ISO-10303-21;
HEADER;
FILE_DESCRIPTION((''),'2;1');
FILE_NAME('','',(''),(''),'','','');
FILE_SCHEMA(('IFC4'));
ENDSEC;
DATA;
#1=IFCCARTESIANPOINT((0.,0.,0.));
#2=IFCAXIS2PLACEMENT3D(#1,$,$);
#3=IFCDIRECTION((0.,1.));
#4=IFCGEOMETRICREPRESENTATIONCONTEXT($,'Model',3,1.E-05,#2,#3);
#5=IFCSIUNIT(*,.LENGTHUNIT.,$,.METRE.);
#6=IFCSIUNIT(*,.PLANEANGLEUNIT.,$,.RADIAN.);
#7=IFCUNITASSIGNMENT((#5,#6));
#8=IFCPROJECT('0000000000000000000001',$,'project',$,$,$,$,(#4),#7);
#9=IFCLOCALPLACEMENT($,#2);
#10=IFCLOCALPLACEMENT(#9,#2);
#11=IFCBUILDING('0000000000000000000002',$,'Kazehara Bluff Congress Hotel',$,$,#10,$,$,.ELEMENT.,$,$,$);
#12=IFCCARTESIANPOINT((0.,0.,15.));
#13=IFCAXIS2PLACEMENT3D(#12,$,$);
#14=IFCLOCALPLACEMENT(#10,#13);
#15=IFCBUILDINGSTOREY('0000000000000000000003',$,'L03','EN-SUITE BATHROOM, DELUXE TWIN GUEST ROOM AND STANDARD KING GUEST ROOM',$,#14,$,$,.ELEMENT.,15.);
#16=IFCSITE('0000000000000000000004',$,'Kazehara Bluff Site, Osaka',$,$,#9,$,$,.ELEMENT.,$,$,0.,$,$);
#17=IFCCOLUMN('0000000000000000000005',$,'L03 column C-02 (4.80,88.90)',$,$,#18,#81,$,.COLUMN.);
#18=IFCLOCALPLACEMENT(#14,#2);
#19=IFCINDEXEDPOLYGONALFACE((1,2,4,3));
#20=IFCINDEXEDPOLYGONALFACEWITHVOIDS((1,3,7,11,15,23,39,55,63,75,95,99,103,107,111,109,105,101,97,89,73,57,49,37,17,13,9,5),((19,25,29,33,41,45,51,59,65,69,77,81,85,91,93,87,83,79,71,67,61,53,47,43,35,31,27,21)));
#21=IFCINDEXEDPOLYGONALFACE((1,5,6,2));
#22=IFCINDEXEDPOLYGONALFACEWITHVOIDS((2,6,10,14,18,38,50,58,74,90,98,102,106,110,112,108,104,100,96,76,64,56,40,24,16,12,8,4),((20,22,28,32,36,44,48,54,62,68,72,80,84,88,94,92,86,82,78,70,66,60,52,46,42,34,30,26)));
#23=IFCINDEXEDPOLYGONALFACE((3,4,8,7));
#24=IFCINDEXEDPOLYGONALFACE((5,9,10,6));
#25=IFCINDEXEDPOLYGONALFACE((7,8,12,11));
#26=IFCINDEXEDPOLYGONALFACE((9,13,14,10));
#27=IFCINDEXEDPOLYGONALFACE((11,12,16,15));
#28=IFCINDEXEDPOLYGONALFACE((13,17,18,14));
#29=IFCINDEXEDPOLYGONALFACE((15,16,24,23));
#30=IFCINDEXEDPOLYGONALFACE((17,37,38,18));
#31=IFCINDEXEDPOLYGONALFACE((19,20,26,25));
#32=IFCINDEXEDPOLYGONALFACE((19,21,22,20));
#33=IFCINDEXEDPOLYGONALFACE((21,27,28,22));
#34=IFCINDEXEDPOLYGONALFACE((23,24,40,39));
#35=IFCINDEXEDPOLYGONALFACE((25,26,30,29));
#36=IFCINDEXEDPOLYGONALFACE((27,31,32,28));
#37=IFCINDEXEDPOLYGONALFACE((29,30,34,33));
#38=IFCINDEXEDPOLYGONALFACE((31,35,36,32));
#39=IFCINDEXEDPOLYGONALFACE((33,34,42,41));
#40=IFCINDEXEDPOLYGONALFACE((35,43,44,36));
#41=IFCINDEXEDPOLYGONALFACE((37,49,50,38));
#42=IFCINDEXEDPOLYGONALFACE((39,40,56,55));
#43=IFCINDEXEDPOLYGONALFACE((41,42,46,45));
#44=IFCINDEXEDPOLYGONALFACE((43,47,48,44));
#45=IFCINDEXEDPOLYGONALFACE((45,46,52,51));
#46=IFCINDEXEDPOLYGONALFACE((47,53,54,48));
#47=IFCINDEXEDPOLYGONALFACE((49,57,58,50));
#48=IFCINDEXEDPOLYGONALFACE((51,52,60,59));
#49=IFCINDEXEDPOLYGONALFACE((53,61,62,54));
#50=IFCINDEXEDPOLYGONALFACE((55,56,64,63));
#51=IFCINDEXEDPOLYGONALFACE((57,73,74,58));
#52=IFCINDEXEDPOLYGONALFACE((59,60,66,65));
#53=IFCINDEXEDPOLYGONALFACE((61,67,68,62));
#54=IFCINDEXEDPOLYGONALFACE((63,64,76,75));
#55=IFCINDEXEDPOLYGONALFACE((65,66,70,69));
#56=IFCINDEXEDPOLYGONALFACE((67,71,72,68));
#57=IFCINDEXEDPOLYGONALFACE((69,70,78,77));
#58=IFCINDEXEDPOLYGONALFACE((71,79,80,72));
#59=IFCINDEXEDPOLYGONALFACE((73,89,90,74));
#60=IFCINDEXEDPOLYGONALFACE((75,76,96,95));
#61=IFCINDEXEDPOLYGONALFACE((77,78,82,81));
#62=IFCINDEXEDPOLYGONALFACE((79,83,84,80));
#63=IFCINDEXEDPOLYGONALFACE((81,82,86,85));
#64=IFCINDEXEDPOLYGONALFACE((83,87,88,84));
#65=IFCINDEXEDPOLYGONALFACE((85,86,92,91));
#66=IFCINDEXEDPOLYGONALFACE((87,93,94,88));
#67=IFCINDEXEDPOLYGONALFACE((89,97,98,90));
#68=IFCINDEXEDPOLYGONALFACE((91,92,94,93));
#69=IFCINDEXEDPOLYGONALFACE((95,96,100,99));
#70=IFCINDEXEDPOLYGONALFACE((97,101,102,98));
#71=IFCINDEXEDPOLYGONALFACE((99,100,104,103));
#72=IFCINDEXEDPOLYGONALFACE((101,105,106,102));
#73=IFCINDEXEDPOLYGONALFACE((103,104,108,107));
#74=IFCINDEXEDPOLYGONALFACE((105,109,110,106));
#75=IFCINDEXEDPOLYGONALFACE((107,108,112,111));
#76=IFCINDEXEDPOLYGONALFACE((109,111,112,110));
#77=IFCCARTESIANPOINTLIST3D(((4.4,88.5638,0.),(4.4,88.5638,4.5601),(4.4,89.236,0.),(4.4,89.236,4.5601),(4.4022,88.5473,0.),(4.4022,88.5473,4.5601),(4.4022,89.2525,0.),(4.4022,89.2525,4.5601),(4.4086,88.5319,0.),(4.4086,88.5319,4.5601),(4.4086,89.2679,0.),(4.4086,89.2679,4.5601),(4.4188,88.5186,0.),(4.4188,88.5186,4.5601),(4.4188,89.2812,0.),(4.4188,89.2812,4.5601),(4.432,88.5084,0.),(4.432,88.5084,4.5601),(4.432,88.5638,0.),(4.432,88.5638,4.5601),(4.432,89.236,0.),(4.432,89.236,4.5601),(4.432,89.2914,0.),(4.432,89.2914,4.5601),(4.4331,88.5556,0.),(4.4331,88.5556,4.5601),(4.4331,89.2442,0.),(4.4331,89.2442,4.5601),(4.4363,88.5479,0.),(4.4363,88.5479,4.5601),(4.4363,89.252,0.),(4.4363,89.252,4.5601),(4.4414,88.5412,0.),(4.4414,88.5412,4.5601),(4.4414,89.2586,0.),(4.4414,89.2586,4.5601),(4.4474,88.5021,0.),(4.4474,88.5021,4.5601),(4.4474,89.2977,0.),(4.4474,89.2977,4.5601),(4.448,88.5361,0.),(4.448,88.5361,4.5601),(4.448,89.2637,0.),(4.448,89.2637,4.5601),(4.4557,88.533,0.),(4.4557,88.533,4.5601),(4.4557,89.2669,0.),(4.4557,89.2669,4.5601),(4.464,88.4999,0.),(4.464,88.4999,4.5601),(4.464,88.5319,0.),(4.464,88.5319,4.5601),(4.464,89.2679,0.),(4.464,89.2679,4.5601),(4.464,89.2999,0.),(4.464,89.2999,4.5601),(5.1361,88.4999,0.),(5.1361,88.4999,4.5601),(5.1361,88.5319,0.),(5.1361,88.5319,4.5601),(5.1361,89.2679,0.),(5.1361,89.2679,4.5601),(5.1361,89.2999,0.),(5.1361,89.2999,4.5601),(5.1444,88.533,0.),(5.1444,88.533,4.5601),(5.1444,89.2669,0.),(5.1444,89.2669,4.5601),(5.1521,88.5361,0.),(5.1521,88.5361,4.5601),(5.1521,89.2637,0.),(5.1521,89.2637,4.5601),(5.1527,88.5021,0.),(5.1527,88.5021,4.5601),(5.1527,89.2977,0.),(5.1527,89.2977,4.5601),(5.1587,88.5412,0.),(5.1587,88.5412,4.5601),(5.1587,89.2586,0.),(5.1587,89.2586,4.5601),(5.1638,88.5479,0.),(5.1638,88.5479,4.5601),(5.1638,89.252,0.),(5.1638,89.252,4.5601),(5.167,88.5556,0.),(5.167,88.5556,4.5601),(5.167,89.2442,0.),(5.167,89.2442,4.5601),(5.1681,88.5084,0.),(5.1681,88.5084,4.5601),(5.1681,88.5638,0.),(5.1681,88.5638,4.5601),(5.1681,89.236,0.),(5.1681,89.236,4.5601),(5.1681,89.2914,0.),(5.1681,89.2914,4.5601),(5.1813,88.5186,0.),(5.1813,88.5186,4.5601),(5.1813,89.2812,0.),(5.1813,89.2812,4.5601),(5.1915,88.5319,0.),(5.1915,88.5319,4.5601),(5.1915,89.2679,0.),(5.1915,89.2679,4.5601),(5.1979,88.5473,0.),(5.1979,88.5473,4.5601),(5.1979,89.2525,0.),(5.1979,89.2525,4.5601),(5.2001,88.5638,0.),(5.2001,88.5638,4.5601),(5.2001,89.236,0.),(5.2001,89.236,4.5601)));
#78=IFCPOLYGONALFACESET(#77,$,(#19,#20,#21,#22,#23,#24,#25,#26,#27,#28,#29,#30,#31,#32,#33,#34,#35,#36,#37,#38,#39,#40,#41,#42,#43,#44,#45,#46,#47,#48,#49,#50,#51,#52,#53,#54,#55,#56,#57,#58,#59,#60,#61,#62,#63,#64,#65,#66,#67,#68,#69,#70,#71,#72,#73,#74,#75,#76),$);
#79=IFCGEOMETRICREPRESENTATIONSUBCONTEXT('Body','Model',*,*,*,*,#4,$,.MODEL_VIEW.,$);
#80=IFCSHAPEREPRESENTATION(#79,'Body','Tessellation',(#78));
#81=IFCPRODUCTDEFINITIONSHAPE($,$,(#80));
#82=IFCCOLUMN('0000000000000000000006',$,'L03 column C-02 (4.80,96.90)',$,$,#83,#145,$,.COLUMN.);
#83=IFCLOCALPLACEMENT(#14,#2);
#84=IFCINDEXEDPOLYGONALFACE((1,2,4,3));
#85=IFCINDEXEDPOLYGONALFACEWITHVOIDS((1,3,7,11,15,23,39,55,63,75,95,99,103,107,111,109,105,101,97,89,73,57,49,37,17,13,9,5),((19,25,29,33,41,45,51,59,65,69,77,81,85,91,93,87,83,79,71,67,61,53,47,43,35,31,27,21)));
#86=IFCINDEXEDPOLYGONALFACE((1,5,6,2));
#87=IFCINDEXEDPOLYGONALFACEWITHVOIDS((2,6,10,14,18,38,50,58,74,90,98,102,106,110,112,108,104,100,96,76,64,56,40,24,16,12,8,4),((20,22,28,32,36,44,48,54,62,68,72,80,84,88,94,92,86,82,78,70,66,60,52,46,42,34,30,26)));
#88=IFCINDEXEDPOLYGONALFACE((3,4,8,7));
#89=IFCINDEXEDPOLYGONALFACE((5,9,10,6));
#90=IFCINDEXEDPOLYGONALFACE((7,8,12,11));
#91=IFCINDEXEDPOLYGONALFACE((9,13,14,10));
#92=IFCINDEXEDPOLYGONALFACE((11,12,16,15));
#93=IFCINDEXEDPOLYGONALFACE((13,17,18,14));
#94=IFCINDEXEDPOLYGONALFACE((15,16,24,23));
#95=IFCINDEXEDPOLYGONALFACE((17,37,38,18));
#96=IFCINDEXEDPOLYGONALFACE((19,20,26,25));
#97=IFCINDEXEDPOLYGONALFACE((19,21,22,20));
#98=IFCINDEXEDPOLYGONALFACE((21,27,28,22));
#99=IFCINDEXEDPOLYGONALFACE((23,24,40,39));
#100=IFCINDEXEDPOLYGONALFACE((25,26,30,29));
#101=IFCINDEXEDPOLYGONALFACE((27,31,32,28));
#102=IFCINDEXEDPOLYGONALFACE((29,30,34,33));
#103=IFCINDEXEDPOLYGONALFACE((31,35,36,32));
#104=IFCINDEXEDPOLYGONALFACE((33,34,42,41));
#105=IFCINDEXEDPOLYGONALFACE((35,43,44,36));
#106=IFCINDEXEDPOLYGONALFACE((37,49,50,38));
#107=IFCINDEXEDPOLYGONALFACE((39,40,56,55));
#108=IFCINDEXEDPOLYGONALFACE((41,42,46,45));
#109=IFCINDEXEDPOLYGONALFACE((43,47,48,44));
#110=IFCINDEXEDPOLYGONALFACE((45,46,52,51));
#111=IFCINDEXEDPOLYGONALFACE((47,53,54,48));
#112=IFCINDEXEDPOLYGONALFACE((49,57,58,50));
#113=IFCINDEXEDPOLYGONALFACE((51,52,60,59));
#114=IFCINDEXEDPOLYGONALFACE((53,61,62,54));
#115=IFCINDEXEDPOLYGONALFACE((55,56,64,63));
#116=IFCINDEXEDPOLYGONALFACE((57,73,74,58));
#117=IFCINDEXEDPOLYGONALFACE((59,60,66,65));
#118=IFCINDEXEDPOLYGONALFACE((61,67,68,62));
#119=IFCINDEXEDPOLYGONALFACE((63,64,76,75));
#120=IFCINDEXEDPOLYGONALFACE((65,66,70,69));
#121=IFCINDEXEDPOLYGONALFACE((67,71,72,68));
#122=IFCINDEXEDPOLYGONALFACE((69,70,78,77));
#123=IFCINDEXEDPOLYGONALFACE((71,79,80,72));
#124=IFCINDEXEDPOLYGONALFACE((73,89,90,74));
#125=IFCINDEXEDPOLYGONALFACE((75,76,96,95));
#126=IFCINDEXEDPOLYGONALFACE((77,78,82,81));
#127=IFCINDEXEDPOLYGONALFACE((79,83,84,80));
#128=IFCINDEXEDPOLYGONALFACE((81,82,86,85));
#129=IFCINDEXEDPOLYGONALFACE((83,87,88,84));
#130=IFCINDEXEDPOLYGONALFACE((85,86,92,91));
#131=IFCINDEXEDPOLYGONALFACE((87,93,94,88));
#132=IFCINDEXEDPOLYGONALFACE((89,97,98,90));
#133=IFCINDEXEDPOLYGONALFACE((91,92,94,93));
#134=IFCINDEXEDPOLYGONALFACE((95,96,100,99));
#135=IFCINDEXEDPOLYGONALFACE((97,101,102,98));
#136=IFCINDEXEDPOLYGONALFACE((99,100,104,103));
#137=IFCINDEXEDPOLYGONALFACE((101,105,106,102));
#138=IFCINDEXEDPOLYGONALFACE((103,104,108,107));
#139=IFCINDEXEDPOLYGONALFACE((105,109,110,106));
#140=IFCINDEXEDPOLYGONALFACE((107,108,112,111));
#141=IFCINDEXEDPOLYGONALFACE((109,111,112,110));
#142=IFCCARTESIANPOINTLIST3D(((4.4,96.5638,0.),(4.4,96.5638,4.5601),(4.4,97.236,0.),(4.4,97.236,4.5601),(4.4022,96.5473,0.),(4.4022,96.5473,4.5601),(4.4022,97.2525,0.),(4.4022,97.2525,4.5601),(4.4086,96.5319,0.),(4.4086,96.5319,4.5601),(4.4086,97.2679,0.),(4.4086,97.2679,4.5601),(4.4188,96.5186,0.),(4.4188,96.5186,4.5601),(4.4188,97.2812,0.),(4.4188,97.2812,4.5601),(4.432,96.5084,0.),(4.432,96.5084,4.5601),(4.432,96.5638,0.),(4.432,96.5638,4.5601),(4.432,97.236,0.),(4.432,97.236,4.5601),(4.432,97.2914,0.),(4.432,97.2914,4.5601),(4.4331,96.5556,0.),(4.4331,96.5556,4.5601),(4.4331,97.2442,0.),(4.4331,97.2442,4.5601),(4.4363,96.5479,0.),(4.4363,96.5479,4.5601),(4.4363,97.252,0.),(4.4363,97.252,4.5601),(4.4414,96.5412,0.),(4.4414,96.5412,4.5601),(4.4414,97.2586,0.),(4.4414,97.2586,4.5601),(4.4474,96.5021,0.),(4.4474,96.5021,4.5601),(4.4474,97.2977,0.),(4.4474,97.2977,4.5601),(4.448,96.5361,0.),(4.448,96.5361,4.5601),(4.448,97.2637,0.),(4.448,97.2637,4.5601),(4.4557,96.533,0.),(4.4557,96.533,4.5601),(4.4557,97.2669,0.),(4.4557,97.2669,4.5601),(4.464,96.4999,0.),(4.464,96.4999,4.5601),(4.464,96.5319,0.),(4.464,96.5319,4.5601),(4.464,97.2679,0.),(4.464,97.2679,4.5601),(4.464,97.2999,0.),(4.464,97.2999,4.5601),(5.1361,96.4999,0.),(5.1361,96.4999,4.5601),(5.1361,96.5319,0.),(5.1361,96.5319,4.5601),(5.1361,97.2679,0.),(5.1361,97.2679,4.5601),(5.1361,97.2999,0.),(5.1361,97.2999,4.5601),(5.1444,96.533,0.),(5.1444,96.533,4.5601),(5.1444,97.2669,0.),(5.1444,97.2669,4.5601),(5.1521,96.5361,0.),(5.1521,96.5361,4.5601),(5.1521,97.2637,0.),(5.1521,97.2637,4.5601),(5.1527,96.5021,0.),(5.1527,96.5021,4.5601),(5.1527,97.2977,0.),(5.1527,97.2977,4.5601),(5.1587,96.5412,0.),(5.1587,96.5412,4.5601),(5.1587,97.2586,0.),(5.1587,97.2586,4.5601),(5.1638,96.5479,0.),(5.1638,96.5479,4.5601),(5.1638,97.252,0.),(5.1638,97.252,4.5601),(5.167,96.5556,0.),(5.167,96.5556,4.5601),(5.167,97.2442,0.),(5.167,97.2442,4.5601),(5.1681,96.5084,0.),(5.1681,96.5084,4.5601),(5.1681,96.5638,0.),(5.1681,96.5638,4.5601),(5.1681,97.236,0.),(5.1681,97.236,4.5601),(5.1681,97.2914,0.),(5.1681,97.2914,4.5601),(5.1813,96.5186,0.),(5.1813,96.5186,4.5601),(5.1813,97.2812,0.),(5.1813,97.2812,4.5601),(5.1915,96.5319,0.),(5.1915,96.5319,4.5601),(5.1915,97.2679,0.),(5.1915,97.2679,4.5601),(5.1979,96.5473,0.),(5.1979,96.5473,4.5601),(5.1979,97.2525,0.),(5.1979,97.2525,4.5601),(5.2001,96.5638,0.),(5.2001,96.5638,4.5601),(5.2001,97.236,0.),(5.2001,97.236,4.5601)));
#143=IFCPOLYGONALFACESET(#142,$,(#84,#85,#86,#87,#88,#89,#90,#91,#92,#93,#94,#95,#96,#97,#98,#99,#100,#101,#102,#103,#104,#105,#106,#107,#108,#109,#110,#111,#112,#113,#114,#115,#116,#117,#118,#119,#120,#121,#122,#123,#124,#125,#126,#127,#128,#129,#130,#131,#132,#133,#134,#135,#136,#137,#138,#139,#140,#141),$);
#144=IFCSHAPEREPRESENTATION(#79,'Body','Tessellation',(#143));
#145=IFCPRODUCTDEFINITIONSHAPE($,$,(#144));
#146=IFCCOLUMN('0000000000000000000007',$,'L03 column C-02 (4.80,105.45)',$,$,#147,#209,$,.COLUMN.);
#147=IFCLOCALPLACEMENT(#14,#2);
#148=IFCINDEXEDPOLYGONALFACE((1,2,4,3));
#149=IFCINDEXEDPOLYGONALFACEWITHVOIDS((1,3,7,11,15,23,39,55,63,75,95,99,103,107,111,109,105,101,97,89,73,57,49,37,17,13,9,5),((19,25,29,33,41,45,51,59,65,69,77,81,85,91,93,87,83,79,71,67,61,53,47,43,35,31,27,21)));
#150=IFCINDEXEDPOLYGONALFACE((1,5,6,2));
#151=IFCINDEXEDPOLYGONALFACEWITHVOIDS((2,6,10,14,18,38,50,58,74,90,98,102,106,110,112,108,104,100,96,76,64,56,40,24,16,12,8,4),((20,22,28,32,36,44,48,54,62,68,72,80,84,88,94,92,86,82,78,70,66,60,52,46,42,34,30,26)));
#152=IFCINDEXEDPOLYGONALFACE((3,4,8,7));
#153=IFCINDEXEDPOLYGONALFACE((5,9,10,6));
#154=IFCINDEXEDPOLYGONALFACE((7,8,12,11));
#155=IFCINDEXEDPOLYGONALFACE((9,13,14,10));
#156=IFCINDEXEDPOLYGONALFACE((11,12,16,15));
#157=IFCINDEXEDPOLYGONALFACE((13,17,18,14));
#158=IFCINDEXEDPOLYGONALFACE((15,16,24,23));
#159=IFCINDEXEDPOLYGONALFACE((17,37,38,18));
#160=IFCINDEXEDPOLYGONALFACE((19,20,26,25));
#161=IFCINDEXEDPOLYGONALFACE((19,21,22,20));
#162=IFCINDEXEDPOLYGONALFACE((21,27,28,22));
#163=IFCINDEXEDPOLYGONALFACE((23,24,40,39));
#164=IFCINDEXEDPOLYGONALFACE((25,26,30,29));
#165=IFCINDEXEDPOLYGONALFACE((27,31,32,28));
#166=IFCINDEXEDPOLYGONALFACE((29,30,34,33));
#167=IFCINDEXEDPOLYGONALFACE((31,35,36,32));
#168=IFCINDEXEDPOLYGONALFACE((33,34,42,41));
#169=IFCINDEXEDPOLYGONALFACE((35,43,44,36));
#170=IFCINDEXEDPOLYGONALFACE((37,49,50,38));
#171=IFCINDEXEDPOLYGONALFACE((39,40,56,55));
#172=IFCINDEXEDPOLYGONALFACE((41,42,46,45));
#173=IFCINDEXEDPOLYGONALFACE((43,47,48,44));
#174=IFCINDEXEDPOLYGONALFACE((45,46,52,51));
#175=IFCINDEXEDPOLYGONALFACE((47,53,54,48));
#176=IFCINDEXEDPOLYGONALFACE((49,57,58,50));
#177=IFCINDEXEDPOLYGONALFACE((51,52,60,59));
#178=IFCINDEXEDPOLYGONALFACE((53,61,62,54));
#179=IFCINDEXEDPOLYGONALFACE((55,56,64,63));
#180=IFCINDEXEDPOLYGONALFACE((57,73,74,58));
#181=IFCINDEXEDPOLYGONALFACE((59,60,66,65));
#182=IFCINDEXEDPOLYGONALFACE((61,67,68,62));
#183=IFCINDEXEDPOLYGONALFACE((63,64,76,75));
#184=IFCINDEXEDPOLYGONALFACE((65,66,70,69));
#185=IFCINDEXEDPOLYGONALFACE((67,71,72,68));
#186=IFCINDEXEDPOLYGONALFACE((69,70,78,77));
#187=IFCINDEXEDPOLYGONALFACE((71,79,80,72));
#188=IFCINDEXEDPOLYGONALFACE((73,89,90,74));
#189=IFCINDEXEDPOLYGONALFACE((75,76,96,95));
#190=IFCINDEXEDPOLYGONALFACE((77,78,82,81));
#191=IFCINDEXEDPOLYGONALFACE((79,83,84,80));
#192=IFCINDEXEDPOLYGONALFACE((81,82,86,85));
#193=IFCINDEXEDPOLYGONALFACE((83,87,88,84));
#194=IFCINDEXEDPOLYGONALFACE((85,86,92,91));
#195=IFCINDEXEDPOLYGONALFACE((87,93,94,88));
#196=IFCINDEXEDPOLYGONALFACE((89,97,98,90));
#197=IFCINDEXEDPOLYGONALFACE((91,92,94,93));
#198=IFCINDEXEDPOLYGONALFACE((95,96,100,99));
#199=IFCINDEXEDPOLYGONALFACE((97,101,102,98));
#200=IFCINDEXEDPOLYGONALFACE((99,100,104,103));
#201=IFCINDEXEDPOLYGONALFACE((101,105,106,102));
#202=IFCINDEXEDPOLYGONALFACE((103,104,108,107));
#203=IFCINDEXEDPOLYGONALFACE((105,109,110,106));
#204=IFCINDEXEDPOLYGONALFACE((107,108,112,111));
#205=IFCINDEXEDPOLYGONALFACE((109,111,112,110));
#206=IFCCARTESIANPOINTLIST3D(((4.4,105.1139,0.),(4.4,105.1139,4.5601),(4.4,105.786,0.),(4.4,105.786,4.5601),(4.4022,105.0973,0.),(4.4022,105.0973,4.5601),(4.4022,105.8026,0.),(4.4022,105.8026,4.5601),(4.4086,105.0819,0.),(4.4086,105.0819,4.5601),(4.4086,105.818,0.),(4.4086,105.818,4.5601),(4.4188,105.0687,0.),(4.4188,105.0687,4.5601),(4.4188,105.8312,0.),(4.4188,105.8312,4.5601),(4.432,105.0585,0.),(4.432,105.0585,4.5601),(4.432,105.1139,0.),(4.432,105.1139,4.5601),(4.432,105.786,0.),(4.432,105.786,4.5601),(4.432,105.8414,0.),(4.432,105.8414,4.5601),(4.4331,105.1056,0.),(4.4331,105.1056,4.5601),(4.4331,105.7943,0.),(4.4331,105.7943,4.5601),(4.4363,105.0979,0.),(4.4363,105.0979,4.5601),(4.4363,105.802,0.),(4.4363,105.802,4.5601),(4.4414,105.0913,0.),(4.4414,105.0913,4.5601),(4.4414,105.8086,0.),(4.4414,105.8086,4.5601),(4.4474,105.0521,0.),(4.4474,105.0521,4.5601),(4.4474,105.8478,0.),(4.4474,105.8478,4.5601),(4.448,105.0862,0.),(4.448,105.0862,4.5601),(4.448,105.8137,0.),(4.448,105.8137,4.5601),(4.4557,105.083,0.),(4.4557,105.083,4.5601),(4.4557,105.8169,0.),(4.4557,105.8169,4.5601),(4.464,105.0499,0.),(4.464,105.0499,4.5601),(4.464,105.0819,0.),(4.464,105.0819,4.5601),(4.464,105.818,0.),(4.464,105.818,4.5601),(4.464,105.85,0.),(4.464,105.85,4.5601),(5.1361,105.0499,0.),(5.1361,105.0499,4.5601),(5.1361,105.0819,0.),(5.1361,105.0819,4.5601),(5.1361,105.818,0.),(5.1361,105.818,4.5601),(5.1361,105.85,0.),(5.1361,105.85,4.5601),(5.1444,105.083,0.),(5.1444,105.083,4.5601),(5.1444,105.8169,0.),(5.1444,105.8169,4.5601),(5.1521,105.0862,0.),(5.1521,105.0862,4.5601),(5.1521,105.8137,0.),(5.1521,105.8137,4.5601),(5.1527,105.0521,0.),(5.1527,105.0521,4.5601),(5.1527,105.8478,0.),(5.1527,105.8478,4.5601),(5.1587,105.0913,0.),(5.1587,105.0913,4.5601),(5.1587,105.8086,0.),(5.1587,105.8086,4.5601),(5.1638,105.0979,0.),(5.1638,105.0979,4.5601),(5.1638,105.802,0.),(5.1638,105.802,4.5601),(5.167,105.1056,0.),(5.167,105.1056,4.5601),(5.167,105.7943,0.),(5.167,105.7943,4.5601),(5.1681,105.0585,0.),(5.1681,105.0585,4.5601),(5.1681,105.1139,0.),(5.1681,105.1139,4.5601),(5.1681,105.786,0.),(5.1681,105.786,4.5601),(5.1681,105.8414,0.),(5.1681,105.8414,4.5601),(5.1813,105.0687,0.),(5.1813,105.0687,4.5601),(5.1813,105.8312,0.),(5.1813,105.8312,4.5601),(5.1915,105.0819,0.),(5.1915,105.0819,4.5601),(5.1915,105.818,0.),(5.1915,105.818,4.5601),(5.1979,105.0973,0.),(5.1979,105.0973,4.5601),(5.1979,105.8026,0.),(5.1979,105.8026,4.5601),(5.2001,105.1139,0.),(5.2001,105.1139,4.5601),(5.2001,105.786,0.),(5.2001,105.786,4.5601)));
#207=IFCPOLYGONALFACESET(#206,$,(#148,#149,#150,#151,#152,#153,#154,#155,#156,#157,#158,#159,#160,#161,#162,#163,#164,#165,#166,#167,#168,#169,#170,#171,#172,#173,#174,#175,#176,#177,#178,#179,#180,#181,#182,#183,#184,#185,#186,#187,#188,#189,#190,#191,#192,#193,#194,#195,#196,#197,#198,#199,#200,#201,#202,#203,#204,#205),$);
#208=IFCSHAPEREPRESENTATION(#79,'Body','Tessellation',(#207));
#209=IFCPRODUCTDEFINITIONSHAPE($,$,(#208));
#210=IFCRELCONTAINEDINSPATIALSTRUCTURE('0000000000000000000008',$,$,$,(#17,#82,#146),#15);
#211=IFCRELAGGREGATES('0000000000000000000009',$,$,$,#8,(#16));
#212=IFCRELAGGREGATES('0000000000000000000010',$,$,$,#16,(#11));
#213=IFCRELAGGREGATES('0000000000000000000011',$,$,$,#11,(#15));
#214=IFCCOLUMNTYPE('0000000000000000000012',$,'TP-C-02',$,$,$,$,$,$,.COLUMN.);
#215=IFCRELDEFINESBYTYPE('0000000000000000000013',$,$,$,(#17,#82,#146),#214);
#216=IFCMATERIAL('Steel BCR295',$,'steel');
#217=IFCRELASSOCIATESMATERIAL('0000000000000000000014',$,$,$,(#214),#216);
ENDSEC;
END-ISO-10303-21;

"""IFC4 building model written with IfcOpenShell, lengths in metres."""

from ifc_helpers import new_model, si_unit, direction, frame, origin, origin_2d, place, context, subcontext, project, spatial, hollow_rectangle, extrude, material, material_profile, profile_set, type_object, element, save


model = new_model("IFC4")

# Units and contexts
model_context = context("Model", 3, precision=1e-05, world=origin(), true_north=direction((0.0, 1.0)))
body_context = subcontext(model_context, "Body", "Model", "MODEL_VIEW")
ifc_project = project(units=[si_unit("LENGTHUNIT", "METRE"), si_unit("PLANEANGLEUNIT", "RADIAN")], contexts=[model_context])

# Site, building, storey
site_placement = place(None, origin())
site = spatial("IfcSite", under=ifc_project, at=site_placement, Name="Kazehara Bluff Site, Osaka", CompositionType="ELEMENT", RefElevation=0.0)
building_placement = place(site_placement, origin())
building = spatial("IfcBuilding", under=site, at=building_placement, Name="Kazehara Bluff Congress Hotel", CompositionType="ELEMENT")
storey_placement = place(building_placement, frame((0.0, 0.0, 15.0)))
storey = spatial("IfcBuildingStorey", under=building, at=storey_placement, Name="L03", Description="EN-SUITE BATHROOM, DELUXE TWIN GUEST ROOM AND STANDARD KING GUEST ROOM", CompositionType="ELEMENT", Elevation=15.0)

# Columns
ifc_material_1 = material(Name="Steel BCR295", Category="steel")
ifc_material_profile_1 = material_profile(ifc_material_1, hollow_rectangle(XDim=0.8, YDim=0.8, WallThickness=0.032, InnerFilletRadius=0.032, OuterFilletRadius=0.064, at=origin_2d()))
ifc_profile_set_1 = profile_set([ifc_material_profile_1], Name="Steel BCR295")
column_type = type_object("IfcColumnType", Name="TP-C-02", PredefinedType="COLUMN", material=ifc_profile_set_1)
for number, where, z_axis, x_axis, name in (
    (1, (4.8, 88.8999, 0.0), (0.0, 0.0, 1.0), (1.0, 0.0, 0.0), "L03 column C-02 (4.80,88.90)"),
    (2, (4.8, 96.8999, 0.0), (0.0, 0.0, 1.0), (1.0, 0.0, 0.0), "L03 column C-02 (4.80,96.90)"),
    (3, (4.8, 105.45, 0.0), (0.0, 0.0, 1.0), (1.0, 0.0, 0.0), "L03 column C-02 (4.80,105.45)"),
):
    element("IfcColumn", number, at=place(storey_placement, frame(where, z_axis=z_axis, x_axis=x_axis)), inside=storey, type_object=column_type, Name=name, PredefinedType="COLUMN", context=body_context, shape_type="SweptSolid", body=[
        extrude(hollow_rectangle(XDim=0.8, YDim=0.8, WallThickness=0.032, InnerFilletRadius=0.032, OuterFilletRadius=0.064, at=origin_2d()), origin(), (0.0, 0.0, 1.0), 4.5601),
    ])

save(model, "model.ifc")
